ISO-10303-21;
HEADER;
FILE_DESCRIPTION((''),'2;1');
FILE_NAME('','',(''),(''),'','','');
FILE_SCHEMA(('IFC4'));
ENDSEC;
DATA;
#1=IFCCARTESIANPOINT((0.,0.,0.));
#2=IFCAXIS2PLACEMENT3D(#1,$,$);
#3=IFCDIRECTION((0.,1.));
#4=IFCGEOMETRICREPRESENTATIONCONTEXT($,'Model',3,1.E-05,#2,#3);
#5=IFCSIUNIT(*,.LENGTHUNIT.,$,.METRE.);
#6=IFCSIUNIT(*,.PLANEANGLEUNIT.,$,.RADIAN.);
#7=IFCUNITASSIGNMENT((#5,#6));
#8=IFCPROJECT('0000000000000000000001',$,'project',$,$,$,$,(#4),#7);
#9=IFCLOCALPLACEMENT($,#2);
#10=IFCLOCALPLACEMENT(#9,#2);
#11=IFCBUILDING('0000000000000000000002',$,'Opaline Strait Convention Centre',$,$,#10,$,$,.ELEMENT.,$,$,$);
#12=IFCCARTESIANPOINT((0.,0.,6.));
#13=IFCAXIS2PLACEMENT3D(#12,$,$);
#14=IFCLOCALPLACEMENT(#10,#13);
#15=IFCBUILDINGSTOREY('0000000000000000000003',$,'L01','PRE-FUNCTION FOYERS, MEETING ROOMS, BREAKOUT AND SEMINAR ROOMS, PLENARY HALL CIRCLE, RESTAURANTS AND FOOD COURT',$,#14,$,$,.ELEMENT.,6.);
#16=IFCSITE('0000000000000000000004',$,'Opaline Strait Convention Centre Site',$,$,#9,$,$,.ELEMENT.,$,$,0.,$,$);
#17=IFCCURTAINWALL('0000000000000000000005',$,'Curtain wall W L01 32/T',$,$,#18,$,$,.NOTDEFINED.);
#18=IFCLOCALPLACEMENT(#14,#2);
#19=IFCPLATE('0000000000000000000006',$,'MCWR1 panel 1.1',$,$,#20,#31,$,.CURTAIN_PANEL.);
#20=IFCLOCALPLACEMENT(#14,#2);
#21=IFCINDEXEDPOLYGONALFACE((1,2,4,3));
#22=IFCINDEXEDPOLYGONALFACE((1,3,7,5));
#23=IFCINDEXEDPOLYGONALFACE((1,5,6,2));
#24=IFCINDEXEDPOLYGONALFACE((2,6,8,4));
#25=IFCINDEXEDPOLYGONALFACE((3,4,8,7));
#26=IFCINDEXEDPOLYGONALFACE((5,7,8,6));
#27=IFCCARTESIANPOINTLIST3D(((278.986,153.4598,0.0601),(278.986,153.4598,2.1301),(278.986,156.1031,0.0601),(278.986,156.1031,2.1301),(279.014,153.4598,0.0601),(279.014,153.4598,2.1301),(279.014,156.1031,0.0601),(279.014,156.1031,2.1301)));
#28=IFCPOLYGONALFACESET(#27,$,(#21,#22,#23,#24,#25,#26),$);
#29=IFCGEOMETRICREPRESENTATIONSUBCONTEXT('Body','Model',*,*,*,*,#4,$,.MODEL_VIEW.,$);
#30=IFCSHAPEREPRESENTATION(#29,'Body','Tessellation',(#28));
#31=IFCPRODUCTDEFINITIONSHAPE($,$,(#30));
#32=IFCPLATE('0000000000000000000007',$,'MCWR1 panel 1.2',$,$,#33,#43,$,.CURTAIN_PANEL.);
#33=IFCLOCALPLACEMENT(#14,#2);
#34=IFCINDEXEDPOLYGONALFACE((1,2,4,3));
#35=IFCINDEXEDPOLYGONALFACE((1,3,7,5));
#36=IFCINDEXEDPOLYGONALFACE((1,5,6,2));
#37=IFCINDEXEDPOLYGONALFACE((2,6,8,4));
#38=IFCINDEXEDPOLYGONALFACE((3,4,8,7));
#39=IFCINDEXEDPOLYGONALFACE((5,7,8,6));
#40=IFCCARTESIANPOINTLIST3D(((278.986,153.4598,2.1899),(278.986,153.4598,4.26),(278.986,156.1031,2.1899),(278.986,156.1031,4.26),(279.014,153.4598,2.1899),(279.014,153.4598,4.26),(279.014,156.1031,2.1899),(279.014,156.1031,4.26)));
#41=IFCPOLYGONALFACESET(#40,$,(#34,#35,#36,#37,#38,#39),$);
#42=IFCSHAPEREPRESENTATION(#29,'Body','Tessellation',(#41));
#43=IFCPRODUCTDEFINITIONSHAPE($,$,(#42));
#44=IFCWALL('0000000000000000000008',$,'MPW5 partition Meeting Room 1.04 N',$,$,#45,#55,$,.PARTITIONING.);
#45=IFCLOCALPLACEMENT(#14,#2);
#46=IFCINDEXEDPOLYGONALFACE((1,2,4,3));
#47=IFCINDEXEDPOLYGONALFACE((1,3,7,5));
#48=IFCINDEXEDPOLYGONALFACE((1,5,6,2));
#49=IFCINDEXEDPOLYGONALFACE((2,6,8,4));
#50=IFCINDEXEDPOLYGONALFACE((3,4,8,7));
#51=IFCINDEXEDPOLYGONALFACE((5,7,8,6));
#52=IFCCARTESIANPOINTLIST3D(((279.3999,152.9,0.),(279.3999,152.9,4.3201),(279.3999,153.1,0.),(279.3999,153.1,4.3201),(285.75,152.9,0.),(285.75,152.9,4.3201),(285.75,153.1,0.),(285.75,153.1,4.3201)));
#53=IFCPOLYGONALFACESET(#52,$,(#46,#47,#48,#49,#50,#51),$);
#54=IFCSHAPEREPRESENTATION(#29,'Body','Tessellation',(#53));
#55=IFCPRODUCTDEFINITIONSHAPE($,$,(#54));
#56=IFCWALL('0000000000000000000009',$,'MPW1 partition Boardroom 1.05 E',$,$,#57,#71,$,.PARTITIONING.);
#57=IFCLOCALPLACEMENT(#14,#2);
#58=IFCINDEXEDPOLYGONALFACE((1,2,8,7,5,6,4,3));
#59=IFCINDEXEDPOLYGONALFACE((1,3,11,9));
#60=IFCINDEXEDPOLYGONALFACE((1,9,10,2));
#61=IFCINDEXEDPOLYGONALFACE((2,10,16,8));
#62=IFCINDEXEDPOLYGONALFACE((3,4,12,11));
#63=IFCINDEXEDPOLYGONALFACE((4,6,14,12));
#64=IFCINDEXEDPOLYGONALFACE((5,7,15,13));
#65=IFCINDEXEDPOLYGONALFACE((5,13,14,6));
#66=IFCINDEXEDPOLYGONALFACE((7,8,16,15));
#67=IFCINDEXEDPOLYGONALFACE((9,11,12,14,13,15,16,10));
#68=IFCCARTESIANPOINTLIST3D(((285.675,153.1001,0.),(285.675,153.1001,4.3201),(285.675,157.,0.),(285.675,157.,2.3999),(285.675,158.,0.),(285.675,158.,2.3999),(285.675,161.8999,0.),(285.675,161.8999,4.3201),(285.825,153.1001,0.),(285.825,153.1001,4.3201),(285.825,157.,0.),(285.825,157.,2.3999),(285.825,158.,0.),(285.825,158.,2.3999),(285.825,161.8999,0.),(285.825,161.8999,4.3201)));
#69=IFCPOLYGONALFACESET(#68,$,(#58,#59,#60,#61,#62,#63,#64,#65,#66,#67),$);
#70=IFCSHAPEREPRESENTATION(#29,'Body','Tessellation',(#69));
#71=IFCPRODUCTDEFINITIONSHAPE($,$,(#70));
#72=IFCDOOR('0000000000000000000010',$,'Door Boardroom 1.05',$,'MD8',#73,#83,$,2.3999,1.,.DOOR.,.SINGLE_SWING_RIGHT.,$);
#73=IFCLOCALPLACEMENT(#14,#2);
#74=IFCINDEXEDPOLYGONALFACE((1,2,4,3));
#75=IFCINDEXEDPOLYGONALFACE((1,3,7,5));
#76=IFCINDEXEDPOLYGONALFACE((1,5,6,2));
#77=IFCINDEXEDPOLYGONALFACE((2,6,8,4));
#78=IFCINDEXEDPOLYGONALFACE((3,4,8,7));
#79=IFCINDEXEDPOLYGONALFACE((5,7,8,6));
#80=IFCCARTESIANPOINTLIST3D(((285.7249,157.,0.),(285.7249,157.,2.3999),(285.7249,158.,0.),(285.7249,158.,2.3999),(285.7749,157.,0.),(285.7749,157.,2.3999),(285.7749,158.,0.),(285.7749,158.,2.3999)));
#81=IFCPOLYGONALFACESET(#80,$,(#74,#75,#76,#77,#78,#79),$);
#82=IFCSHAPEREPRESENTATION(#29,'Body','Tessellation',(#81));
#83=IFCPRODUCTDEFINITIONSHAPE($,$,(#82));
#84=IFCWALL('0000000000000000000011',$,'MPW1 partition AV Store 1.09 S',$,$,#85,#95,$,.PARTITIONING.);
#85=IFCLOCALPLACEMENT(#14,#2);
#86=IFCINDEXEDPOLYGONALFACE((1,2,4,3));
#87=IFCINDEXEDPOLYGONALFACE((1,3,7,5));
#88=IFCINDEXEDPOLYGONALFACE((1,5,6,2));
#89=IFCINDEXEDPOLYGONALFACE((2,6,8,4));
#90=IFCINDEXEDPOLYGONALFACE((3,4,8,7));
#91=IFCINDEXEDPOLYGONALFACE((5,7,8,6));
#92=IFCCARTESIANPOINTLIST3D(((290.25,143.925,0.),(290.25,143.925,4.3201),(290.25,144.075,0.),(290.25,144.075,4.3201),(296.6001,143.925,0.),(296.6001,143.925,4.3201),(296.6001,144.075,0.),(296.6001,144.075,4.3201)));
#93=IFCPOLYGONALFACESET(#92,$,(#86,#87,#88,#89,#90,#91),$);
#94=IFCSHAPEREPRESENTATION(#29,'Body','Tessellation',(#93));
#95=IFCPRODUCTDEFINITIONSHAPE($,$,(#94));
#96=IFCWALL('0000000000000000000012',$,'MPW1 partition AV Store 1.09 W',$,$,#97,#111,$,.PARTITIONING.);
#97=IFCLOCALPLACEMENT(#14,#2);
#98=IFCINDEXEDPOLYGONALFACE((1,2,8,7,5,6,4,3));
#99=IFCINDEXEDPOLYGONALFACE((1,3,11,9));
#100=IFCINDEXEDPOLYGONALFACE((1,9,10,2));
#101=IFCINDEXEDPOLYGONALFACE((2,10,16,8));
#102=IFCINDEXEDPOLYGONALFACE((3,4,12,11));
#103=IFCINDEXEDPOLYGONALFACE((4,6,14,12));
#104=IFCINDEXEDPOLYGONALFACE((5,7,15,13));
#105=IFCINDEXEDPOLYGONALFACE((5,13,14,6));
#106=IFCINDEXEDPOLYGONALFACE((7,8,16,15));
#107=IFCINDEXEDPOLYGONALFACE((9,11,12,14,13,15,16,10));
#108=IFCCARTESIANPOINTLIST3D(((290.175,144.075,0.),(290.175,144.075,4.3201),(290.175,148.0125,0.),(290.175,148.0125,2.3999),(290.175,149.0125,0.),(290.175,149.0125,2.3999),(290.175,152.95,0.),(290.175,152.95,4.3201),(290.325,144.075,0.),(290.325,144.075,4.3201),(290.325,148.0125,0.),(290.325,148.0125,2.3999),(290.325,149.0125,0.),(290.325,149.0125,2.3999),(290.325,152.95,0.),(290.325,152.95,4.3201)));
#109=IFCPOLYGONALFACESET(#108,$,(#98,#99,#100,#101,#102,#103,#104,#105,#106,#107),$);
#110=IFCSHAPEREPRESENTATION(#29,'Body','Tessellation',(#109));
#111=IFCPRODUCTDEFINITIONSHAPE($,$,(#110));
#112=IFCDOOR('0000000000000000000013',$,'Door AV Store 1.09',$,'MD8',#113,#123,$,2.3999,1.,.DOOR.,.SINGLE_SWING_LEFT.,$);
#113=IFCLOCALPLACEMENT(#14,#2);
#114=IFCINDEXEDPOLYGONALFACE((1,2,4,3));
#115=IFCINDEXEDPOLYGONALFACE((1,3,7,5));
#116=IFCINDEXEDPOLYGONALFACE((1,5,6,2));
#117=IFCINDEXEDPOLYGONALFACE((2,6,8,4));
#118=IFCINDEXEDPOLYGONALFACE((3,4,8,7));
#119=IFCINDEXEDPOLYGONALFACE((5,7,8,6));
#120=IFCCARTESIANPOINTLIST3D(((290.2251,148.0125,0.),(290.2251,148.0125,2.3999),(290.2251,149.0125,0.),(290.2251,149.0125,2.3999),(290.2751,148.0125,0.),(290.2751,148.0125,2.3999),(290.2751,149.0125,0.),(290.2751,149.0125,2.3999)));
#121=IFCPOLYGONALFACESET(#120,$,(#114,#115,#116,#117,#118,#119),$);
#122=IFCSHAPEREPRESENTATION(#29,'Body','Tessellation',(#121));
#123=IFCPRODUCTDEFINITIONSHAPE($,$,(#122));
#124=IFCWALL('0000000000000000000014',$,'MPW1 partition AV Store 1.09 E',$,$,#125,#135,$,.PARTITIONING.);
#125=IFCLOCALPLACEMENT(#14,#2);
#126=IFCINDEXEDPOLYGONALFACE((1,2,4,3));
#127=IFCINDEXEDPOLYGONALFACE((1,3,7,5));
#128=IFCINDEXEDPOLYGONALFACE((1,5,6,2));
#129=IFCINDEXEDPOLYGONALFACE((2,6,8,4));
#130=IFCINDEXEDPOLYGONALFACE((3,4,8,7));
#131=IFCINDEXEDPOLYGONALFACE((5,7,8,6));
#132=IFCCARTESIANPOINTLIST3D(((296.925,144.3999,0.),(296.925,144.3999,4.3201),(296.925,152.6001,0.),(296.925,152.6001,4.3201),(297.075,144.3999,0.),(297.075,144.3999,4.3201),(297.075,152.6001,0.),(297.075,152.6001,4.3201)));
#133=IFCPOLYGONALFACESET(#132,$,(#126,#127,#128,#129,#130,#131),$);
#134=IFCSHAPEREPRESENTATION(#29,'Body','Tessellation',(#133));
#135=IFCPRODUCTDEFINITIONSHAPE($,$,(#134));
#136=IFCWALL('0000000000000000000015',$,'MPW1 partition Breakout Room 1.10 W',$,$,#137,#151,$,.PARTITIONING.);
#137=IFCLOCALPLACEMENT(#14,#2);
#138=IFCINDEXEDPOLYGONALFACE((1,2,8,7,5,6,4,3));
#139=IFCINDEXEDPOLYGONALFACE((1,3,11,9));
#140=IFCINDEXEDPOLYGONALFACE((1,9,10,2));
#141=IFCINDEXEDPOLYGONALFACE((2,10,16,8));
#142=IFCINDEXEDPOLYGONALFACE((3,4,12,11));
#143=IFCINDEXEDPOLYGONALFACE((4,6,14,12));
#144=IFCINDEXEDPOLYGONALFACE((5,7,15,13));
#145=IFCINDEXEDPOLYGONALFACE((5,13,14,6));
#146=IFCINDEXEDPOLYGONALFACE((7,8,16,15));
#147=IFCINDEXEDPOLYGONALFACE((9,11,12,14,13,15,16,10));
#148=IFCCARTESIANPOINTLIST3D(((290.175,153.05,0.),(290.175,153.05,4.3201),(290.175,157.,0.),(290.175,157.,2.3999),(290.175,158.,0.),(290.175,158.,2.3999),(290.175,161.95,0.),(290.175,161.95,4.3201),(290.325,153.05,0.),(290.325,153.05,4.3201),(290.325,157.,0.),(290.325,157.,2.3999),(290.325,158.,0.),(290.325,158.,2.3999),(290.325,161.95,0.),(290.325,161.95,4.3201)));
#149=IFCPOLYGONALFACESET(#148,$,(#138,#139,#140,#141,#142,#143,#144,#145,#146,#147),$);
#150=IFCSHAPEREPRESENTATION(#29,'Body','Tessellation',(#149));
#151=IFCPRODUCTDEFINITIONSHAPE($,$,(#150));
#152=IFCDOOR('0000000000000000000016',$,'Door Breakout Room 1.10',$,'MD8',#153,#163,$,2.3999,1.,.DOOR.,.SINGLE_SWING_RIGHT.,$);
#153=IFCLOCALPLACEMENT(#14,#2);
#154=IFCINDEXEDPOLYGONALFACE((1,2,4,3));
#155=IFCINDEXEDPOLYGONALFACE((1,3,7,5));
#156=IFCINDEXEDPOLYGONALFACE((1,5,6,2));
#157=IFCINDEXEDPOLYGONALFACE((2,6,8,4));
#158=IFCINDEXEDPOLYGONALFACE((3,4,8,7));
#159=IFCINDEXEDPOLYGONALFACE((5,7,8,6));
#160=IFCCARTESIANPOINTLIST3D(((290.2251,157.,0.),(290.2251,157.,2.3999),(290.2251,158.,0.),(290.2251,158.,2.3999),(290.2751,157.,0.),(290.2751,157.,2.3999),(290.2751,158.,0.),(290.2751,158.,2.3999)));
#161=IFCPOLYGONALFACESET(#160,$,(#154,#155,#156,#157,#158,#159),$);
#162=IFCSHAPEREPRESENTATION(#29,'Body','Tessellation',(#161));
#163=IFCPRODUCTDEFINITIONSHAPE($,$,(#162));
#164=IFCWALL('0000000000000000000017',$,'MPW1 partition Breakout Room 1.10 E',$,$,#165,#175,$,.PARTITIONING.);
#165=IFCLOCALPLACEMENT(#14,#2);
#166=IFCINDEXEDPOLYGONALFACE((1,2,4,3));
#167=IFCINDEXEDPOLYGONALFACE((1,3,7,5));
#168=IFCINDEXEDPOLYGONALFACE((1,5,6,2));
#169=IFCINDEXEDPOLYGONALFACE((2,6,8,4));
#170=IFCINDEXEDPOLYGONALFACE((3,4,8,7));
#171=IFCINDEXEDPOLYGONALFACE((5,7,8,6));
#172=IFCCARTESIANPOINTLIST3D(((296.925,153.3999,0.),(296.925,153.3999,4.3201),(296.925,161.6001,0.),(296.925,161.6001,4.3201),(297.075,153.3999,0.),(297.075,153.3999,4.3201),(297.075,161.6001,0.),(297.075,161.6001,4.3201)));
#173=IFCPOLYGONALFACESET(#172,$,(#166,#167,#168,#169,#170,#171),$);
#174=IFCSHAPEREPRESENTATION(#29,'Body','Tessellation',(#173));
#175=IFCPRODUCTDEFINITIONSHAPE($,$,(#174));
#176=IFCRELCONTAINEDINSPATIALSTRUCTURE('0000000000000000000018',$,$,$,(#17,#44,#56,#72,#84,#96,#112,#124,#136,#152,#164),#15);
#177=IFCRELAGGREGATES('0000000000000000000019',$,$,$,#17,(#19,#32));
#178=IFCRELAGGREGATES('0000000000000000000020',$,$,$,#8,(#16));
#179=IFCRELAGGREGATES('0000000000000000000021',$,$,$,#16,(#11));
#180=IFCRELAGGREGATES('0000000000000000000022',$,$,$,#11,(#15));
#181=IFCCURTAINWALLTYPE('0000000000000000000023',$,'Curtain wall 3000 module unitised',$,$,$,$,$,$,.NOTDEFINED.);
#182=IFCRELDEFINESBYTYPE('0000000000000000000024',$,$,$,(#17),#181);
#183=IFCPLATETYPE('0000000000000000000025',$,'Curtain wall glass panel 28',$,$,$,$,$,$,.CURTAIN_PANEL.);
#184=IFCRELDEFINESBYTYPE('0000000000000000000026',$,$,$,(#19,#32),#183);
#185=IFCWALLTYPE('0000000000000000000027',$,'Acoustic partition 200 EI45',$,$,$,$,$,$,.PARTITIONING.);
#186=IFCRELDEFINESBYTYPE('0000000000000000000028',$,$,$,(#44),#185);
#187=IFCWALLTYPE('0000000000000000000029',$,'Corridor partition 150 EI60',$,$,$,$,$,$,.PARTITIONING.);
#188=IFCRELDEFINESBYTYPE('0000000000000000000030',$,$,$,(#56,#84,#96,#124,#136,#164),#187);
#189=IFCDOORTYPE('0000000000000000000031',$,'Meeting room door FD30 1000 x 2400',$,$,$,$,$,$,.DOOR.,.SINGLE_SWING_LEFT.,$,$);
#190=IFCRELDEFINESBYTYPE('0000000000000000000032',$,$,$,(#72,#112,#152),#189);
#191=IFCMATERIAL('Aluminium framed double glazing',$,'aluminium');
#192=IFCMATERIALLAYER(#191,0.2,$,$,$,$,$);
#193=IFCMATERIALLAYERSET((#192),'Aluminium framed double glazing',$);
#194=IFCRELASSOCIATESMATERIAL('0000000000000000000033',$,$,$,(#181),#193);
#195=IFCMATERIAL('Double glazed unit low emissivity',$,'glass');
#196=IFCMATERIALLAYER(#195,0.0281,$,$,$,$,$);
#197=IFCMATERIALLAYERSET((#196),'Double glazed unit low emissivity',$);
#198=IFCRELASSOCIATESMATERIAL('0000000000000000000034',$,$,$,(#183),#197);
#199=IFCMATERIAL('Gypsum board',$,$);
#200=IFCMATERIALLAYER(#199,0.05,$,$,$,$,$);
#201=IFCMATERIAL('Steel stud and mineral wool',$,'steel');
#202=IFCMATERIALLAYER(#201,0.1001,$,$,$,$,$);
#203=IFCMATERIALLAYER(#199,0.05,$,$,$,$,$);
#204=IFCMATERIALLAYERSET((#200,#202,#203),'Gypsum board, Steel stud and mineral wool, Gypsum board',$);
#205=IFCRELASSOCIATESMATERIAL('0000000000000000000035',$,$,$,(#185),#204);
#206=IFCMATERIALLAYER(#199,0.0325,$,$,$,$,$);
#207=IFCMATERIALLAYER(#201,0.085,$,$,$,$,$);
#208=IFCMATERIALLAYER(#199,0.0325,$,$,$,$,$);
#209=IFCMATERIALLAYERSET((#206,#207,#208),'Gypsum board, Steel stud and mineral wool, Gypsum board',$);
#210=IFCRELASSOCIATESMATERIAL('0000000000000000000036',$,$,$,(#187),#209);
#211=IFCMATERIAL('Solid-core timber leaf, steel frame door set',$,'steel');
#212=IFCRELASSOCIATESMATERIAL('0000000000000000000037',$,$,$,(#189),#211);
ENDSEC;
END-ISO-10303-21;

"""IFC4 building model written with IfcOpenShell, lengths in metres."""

from ifc_helpers import new_model, si_unit, direction, frame, frame_2d, origin, origin_2d, place, context, subcontext, project, spatial, rectangle, extrude, material, layer, layer_set, type_object, element, fill, aggregate, save


model = new_model("IFC4")

# Units and contexts
model_context = context("Model", 3, precision=1e-05, world=origin(), true_north=direction((0.0, 1.0)))
body_context = subcontext(model_context, "Body", "Model", "MODEL_VIEW")
ifc_project = project(units=[si_unit("LENGTHUNIT", "METRE"), si_unit("PLANEANGLEUNIT", "RADIAN")], contexts=[model_context])

# Site, building, storey
site_placement = place(None, origin())
site = spatial("IfcSite", under=ifc_project, at=site_placement, Name="Opaline Strait Convention Centre Site", CompositionType="ELEMENT", RefElevation=0.0)
building_placement = place(site_placement, origin())
building = spatial("IfcBuilding", under=site, at=building_placement, Name="Opaline Strait Convention Centre", CompositionType="ELEMENT")
storey_placement = place(building_placement, frame((0.0, 0.0, 6.0)))
storey = spatial("IfcBuildingStorey", under=building, at=storey_placement, Name="L01", Description="PRE-FUNCTION FOYERS, MEETING ROOMS, BREAKOUT AND SEMINAR ROOMS, PLENARY HALL CIRCLE, RESTAURANTS AND FOOD COURT", CompositionType="ELEMENT", Elevation=6.0)

# Curtain wall
ifc_material_1 = material(Name="Aluminium framed double glazing", Category="aluminium")
ifc_layer_1 = layer(ifc_material_1, 0.2)
ifc_layer_set_1 = layer_set([ifc_layer_1], Name="Aluminium framed double glazing")
curtain_wall_type = type_object("IfcCurtainWallType", Name="Curtain wall 3000 module unitised", PredefinedType="NOTDEFINED", material=ifc_layer_set_1)
curtain_wall_placement = place(storey_placement, origin())
curtain_wall = element("IfcCurtainWall", 1, at=curtain_wall_placement, inside=storey, type_object=curtain_wall_type, Name="Curtain wall W L01 32/T", PredefinedType="NOTDEFINED")

# Plates
ifc_material_2 = material(Name="Double glazed unit low emissivity", Category="glass")
ifc_layer_2 = layer(ifc_material_2, 0.0281)
ifc_layer_set_2 = layer_set([ifc_layer_2], Name="Double glazed unit low emissivity")
plate_type = type_object("IfcPlateType", Name="Curtain wall glass panel 28", PredefinedType="CURTAIN_PANEL", material=ifc_layer_set_2)
plate_1_placement = place(storey_placement, frame((279.0, 154.7815, 0.0601), z_axis=(0.0, 0.0, 1.0), x_axis=(0.0, 1.0, 0.0)))
plate_1 = element("IfcPlate", 2, at=plate_1_placement, type_object=plate_type, Name="MCWR1 panel 1.1", PredefinedType="CURTAIN_PANEL", context=body_context, shape_type="SweptSolid", body=[
    extrude(rectangle(XDim=2.6433, YDim=0.0281, at=origin_2d()), origin(), (0.0, 0.0, 1.0), 2.0701),
])
plate_2_placement = place(storey_placement, frame((279.0, 154.7815, 2.1899), z_axis=(0.0, 0.0, 1.0), x_axis=(0.0, 1.0, 0.0)))
plate_2 = element("IfcPlate", 3, at=plate_2_placement, type_object=plate_type, Name="MCWR1 panel 1.2", PredefinedType="CURTAIN_PANEL", context=body_context, shape_type="SweptSolid", body=[
    extrude(rectangle(XDim=2.6433, YDim=0.0281, at=origin_2d()), origin(), (0.0, 0.0, 1.0), 2.0701),
])
aggregate(curtain_wall, [plate_1, plate_2])

# Wall
ifc_material_3 = material(Name="Gypsum board")
ifc_layer_3 = layer(ifc_material_3, 0.05)
ifc_material_4 = material(Name="Steel stud and mineral wool", Category="steel")
ifc_layer_4 = layer(ifc_material_4, 0.1001)
ifc_layer_5 = layer(ifc_material_3, 0.05)
ifc_layer_set_3 = layer_set([ifc_layer_3, ifc_layer_4, ifc_layer_5], Name="Gypsum board, Steel stud and mineral wool, Gypsum board")
wall_type_1 = type_object("IfcWallType", Name="Acoustic partition 200 EI45", PredefinedType="PARTITIONING", material=ifc_layer_set_3)
wall_1_placement = place(storey_placement, frame((279.3999, 153.0, 0.0), z_axis=(0.0, 0.0, 1.0), x_axis=(1.0, 0.0, 0.0)))
element("IfcWall", 4, at=wall_1_placement, inside=storey, type_object=wall_type_1, Name="MPW5 partition Meeting Room 1.04 N", PredefinedType="PARTITIONING", context=body_context, shape_type="SweptSolid", body=[
    extrude(rectangle(XDim=6.3501, YDim=0.2, at=frame_2d((3.175, 0.0))), origin(), (0.0, 0.0, 1.0), 4.3201),
])

# Wall, opening, door
ifc_layer_6 = layer(ifc_material_3, 0.0325)
ifc_layer_7 = layer(ifc_material_4, 0.085)
ifc_layer_8 = layer(ifc_material_3, 0.0325)
ifc_layer_set_4 = layer_set([ifc_layer_6, ifc_layer_7, ifc_layer_8], Name="Gypsum board, Steel stud and mineral wool, Gypsum board")
wall_type_2 = type_object("IfcWallType", Name="Corridor partition 150 EI60", PredefinedType="PARTITIONING", material=ifc_layer_set_4)
wall_2_placement = place(storey_placement, frame((285.75, 153.1001, 0.0), z_axis=(0.0, 0.0, 1.0), x_axis=(0.0, 1.0, 0.0)))
wall_2 = element("IfcWall", 5, at=wall_2_placement, inside=storey, type_object=wall_type_2, Name="MPW1 partition Boardroom 1.05 E", PredefinedType="PARTITIONING", context=body_context, shape_type="SweptSolid", body=[
    extrude(rectangle(XDim=8.7998, YDim=0.1499, at=frame_2d((4.3999, 0.0))), origin(), (0.0, 0.0, 1.0), 4.3201),
])
opening_1_placement = place(wall_2_placement, frame((3.8999, 0.0, 0.0)))
opening_1 = element("IfcOpeningElement", 6, at=opening_1_placement, cuts=wall_2, PredefinedType="OPENING", context=body_context, shape_type="SweptSolid", body=[
    extrude(rectangle(XDim=1.0, YDim=2.3999, at=frame_2d((0.5, 1.2))), frame((0.0, 0.085, 0.0), z_axis=(0.0, -1.0, 0.0), x_axis=(1.0, 0.0, 0.0)), (0.0, 0.0, 1.0), 0.1699),
])
ifc_material_5 = material(Name="Solid-core timber leaf, steel frame door set", Category="steel")
door_type = type_object("IfcDoorType", Name="Meeting room door FD30 1000 x 2400", OperationType="SINGLE_SWING_LEFT", PredefinedType="DOOR", material=ifc_material_5)
door_1_placement = place(opening_1_placement, frame((1.0, 0.0, 0.0), z_axis=(0.0, 0.0, 1.0), x_axis=(-1.0, 0.0, 0.0)))
door_1 = element("IfcDoor", 7, at=door_1_placement, inside=storey, type_object=door_type, Name="Door Boardroom 1.05", ObjectType="MD8", OperationType="SINGLE_SWING_RIGHT", OverallHeight=2.3999, OverallWidth=1.0, PredefinedType="DOOR", context=body_context, shape_type="SweptSolid", body=[
    extrude(rectangle(XDim=1.0, YDim=2.3999, at=frame_2d((0.5, 1.2))), frame((0.0, 0.0249, 0.0), z_axis=(0.0, -1.0, 0.0), x_axis=(1.0, 0.0, 0.0)), (0.0, 0.0, 1.0), 0.05),
])
fill(opening_1, door_1)

# Wall
wall_3_placement = place(storey_placement, frame((290.25, 144.0, 0.0), z_axis=(0.0, 0.0, 1.0), x_axis=(1.0, 0.0, 0.0)))
element("IfcWall", 8, at=wall_3_placement, inside=storey, type_object=wall_type_2, Name="MPW1 partition AV Store 1.09 S", PredefinedType="PARTITIONING", context=body_context, shape_type="SweptSolid", body=[
    extrude(rectangle(XDim=6.3501, YDim=0.1499, at=frame_2d((3.175, 0.0))), origin(), (0.0, 0.0, 1.0), 4.3201),
])

# Wall, opening, door
wall_4_placement = place(storey_placement, frame((290.25, 144.075, 0.0), z_axis=(0.0, 0.0, 1.0), x_axis=(0.0, 1.0, 0.0)))
wall_4 = element("IfcWall", 9, at=wall_4_placement, inside=storey, type_object=wall_type_2, Name="MPW1 partition AV Store 1.09 W", PredefinedType="PARTITIONING", context=body_context, shape_type="SweptSolid", body=[
    extrude(rectangle(XDim=8.875, YDim=0.1499, at=frame_2d((4.4375, 0.0))), origin(), (0.0, 0.0, 1.0), 4.3201),
])
opening_2_placement = place(wall_4_placement, frame((3.9375, 0.0, 0.0)))
opening_2 = element("IfcOpeningElement", 10, at=opening_2_placement, cuts=wall_4, PredefinedType="OPENING", context=body_context, shape_type="SweptSolid", body=[
    extrude(rectangle(XDim=1.0, YDim=2.3999, at=frame_2d((0.5, 1.2))), frame((0.0, 0.085, 0.0), z_axis=(0.0, -1.0, 0.0), x_axis=(1.0, 0.0, 0.0)), (0.0, 0.0, 1.0), 0.1699),
])
door_2_placement = place(opening_2_placement, origin())
door_2 = element("IfcDoor", 11, at=door_2_placement, inside=storey, type_object=door_type, Name="Door AV Store 1.09", ObjectType="MD8", OperationType="SINGLE_SWING_LEFT", OverallHeight=2.3999, OverallWidth=1.0, PredefinedType="DOOR", context=body_context, shape_type="SweptSolid", body=[
    extrude(rectangle(XDim=1.0, YDim=2.3999, at=frame_2d((0.5, 1.2))), frame((0.0, 0.0249, 0.0), z_axis=(0.0, -1.0, 0.0), x_axis=(1.0, 0.0, 0.0)), (0.0, 0.0, 1.0), 0.05),
])
fill(opening_2, door_2)

# Wall
wall_5_placement = place(storey_placement, frame((297.0, 144.3999, 0.0), z_axis=(0.0, 0.0, 1.0), x_axis=(0.0, 1.0, 0.0)))
element("IfcWall", 12, at=wall_5_placement, inside=storey, type_object=wall_type_2, Name="MPW1 partition AV Store 1.09 E", PredefinedType="PARTITIONING", context=body_context, shape_type="SweptSolid", body=[
    extrude(rectangle(XDim=8.2002, YDim=0.1499, at=frame_2d((4.1001, 0.0))), origin(), (0.0, 0.0, 1.0), 4.3201),
])

# Wall, opening, door
wall_6_placement = place(storey_placement, frame((290.25, 153.05, 0.0), z_axis=(0.0, 0.0, 1.0), x_axis=(0.0, 1.0, 0.0)))
wall_6 = element("IfcWall", 13, at=wall_6_placement, inside=storey, type_object=wall_type_2, Name="MPW1 partition Breakout Room 1.10 W", PredefinedType="PARTITIONING", context=body_context, shape_type="SweptSolid", body=[
    extrude(rectangle(XDim=8.8999, YDim=0.1499, at=frame_2d((4.45, 0.0))), origin(), (0.0, 0.0, 1.0), 4.3201),
])
opening_3_placement = place(wall_6_placement, frame((3.95, 0.0, 0.0)))
opening_3 = element("IfcOpeningElement", 14, at=opening_3_placement, cuts=wall_6, PredefinedType="OPENING", context=body_context, shape_type="SweptSolid", body=[
    extrude(rectangle(XDim=1.0, YDim=2.3999, at=frame_2d((0.5, 1.2))), frame((0.0, 0.085, 0.0), z_axis=(0.0, -1.0, 0.0), x_axis=(1.0, 0.0, 0.0)), (0.0, 0.0, 1.0), 0.1699),
])
door_3_placement = place(opening_3_placement, origin())
door_3 = element("IfcDoor", 15, at=door_3_placement, inside=storey, type_object=door_type, Name="Door Breakout Room 1.10", ObjectType="MD8", OperationType="SINGLE_SWING_RIGHT", OverallHeight=2.3999, OverallWidth=1.0, PredefinedType="DOOR", context=body_context, shape_type="SweptSolid", body=[
    extrude(rectangle(XDim=1.0, YDim=2.3999, at=frame_2d((0.5, 1.2))), frame((0.0, 0.0249, 0.0), z_axis=(0.0, -1.0, 0.0), x_axis=(1.0, 0.0, 0.0)), (0.0, 0.0, 1.0), 0.05),
])
fill(opening_3, door_3)

# Wall
wall_7_placement = place(storey_placement, frame((297.0, 153.3999, 0.0), z_axis=(0.0, 0.0, 1.0), x_axis=(0.0, 1.0, 0.0)))
element("IfcWall", 16, at=wall_7_placement, inside=storey, type_object=wall_type_2, Name="MPW1 partition Breakout Room 1.10 E", PredefinedType="PARTITIONING", context=body_context, shape_type="SweptSolid", body=[
    extrude(rectangle(XDim=8.2002, YDim=0.1499, at=frame_2d((4.1001, 0.0))), origin(), (0.0, 0.0, 1.0), 4.3201),
])

save(model, "model.ifc")
